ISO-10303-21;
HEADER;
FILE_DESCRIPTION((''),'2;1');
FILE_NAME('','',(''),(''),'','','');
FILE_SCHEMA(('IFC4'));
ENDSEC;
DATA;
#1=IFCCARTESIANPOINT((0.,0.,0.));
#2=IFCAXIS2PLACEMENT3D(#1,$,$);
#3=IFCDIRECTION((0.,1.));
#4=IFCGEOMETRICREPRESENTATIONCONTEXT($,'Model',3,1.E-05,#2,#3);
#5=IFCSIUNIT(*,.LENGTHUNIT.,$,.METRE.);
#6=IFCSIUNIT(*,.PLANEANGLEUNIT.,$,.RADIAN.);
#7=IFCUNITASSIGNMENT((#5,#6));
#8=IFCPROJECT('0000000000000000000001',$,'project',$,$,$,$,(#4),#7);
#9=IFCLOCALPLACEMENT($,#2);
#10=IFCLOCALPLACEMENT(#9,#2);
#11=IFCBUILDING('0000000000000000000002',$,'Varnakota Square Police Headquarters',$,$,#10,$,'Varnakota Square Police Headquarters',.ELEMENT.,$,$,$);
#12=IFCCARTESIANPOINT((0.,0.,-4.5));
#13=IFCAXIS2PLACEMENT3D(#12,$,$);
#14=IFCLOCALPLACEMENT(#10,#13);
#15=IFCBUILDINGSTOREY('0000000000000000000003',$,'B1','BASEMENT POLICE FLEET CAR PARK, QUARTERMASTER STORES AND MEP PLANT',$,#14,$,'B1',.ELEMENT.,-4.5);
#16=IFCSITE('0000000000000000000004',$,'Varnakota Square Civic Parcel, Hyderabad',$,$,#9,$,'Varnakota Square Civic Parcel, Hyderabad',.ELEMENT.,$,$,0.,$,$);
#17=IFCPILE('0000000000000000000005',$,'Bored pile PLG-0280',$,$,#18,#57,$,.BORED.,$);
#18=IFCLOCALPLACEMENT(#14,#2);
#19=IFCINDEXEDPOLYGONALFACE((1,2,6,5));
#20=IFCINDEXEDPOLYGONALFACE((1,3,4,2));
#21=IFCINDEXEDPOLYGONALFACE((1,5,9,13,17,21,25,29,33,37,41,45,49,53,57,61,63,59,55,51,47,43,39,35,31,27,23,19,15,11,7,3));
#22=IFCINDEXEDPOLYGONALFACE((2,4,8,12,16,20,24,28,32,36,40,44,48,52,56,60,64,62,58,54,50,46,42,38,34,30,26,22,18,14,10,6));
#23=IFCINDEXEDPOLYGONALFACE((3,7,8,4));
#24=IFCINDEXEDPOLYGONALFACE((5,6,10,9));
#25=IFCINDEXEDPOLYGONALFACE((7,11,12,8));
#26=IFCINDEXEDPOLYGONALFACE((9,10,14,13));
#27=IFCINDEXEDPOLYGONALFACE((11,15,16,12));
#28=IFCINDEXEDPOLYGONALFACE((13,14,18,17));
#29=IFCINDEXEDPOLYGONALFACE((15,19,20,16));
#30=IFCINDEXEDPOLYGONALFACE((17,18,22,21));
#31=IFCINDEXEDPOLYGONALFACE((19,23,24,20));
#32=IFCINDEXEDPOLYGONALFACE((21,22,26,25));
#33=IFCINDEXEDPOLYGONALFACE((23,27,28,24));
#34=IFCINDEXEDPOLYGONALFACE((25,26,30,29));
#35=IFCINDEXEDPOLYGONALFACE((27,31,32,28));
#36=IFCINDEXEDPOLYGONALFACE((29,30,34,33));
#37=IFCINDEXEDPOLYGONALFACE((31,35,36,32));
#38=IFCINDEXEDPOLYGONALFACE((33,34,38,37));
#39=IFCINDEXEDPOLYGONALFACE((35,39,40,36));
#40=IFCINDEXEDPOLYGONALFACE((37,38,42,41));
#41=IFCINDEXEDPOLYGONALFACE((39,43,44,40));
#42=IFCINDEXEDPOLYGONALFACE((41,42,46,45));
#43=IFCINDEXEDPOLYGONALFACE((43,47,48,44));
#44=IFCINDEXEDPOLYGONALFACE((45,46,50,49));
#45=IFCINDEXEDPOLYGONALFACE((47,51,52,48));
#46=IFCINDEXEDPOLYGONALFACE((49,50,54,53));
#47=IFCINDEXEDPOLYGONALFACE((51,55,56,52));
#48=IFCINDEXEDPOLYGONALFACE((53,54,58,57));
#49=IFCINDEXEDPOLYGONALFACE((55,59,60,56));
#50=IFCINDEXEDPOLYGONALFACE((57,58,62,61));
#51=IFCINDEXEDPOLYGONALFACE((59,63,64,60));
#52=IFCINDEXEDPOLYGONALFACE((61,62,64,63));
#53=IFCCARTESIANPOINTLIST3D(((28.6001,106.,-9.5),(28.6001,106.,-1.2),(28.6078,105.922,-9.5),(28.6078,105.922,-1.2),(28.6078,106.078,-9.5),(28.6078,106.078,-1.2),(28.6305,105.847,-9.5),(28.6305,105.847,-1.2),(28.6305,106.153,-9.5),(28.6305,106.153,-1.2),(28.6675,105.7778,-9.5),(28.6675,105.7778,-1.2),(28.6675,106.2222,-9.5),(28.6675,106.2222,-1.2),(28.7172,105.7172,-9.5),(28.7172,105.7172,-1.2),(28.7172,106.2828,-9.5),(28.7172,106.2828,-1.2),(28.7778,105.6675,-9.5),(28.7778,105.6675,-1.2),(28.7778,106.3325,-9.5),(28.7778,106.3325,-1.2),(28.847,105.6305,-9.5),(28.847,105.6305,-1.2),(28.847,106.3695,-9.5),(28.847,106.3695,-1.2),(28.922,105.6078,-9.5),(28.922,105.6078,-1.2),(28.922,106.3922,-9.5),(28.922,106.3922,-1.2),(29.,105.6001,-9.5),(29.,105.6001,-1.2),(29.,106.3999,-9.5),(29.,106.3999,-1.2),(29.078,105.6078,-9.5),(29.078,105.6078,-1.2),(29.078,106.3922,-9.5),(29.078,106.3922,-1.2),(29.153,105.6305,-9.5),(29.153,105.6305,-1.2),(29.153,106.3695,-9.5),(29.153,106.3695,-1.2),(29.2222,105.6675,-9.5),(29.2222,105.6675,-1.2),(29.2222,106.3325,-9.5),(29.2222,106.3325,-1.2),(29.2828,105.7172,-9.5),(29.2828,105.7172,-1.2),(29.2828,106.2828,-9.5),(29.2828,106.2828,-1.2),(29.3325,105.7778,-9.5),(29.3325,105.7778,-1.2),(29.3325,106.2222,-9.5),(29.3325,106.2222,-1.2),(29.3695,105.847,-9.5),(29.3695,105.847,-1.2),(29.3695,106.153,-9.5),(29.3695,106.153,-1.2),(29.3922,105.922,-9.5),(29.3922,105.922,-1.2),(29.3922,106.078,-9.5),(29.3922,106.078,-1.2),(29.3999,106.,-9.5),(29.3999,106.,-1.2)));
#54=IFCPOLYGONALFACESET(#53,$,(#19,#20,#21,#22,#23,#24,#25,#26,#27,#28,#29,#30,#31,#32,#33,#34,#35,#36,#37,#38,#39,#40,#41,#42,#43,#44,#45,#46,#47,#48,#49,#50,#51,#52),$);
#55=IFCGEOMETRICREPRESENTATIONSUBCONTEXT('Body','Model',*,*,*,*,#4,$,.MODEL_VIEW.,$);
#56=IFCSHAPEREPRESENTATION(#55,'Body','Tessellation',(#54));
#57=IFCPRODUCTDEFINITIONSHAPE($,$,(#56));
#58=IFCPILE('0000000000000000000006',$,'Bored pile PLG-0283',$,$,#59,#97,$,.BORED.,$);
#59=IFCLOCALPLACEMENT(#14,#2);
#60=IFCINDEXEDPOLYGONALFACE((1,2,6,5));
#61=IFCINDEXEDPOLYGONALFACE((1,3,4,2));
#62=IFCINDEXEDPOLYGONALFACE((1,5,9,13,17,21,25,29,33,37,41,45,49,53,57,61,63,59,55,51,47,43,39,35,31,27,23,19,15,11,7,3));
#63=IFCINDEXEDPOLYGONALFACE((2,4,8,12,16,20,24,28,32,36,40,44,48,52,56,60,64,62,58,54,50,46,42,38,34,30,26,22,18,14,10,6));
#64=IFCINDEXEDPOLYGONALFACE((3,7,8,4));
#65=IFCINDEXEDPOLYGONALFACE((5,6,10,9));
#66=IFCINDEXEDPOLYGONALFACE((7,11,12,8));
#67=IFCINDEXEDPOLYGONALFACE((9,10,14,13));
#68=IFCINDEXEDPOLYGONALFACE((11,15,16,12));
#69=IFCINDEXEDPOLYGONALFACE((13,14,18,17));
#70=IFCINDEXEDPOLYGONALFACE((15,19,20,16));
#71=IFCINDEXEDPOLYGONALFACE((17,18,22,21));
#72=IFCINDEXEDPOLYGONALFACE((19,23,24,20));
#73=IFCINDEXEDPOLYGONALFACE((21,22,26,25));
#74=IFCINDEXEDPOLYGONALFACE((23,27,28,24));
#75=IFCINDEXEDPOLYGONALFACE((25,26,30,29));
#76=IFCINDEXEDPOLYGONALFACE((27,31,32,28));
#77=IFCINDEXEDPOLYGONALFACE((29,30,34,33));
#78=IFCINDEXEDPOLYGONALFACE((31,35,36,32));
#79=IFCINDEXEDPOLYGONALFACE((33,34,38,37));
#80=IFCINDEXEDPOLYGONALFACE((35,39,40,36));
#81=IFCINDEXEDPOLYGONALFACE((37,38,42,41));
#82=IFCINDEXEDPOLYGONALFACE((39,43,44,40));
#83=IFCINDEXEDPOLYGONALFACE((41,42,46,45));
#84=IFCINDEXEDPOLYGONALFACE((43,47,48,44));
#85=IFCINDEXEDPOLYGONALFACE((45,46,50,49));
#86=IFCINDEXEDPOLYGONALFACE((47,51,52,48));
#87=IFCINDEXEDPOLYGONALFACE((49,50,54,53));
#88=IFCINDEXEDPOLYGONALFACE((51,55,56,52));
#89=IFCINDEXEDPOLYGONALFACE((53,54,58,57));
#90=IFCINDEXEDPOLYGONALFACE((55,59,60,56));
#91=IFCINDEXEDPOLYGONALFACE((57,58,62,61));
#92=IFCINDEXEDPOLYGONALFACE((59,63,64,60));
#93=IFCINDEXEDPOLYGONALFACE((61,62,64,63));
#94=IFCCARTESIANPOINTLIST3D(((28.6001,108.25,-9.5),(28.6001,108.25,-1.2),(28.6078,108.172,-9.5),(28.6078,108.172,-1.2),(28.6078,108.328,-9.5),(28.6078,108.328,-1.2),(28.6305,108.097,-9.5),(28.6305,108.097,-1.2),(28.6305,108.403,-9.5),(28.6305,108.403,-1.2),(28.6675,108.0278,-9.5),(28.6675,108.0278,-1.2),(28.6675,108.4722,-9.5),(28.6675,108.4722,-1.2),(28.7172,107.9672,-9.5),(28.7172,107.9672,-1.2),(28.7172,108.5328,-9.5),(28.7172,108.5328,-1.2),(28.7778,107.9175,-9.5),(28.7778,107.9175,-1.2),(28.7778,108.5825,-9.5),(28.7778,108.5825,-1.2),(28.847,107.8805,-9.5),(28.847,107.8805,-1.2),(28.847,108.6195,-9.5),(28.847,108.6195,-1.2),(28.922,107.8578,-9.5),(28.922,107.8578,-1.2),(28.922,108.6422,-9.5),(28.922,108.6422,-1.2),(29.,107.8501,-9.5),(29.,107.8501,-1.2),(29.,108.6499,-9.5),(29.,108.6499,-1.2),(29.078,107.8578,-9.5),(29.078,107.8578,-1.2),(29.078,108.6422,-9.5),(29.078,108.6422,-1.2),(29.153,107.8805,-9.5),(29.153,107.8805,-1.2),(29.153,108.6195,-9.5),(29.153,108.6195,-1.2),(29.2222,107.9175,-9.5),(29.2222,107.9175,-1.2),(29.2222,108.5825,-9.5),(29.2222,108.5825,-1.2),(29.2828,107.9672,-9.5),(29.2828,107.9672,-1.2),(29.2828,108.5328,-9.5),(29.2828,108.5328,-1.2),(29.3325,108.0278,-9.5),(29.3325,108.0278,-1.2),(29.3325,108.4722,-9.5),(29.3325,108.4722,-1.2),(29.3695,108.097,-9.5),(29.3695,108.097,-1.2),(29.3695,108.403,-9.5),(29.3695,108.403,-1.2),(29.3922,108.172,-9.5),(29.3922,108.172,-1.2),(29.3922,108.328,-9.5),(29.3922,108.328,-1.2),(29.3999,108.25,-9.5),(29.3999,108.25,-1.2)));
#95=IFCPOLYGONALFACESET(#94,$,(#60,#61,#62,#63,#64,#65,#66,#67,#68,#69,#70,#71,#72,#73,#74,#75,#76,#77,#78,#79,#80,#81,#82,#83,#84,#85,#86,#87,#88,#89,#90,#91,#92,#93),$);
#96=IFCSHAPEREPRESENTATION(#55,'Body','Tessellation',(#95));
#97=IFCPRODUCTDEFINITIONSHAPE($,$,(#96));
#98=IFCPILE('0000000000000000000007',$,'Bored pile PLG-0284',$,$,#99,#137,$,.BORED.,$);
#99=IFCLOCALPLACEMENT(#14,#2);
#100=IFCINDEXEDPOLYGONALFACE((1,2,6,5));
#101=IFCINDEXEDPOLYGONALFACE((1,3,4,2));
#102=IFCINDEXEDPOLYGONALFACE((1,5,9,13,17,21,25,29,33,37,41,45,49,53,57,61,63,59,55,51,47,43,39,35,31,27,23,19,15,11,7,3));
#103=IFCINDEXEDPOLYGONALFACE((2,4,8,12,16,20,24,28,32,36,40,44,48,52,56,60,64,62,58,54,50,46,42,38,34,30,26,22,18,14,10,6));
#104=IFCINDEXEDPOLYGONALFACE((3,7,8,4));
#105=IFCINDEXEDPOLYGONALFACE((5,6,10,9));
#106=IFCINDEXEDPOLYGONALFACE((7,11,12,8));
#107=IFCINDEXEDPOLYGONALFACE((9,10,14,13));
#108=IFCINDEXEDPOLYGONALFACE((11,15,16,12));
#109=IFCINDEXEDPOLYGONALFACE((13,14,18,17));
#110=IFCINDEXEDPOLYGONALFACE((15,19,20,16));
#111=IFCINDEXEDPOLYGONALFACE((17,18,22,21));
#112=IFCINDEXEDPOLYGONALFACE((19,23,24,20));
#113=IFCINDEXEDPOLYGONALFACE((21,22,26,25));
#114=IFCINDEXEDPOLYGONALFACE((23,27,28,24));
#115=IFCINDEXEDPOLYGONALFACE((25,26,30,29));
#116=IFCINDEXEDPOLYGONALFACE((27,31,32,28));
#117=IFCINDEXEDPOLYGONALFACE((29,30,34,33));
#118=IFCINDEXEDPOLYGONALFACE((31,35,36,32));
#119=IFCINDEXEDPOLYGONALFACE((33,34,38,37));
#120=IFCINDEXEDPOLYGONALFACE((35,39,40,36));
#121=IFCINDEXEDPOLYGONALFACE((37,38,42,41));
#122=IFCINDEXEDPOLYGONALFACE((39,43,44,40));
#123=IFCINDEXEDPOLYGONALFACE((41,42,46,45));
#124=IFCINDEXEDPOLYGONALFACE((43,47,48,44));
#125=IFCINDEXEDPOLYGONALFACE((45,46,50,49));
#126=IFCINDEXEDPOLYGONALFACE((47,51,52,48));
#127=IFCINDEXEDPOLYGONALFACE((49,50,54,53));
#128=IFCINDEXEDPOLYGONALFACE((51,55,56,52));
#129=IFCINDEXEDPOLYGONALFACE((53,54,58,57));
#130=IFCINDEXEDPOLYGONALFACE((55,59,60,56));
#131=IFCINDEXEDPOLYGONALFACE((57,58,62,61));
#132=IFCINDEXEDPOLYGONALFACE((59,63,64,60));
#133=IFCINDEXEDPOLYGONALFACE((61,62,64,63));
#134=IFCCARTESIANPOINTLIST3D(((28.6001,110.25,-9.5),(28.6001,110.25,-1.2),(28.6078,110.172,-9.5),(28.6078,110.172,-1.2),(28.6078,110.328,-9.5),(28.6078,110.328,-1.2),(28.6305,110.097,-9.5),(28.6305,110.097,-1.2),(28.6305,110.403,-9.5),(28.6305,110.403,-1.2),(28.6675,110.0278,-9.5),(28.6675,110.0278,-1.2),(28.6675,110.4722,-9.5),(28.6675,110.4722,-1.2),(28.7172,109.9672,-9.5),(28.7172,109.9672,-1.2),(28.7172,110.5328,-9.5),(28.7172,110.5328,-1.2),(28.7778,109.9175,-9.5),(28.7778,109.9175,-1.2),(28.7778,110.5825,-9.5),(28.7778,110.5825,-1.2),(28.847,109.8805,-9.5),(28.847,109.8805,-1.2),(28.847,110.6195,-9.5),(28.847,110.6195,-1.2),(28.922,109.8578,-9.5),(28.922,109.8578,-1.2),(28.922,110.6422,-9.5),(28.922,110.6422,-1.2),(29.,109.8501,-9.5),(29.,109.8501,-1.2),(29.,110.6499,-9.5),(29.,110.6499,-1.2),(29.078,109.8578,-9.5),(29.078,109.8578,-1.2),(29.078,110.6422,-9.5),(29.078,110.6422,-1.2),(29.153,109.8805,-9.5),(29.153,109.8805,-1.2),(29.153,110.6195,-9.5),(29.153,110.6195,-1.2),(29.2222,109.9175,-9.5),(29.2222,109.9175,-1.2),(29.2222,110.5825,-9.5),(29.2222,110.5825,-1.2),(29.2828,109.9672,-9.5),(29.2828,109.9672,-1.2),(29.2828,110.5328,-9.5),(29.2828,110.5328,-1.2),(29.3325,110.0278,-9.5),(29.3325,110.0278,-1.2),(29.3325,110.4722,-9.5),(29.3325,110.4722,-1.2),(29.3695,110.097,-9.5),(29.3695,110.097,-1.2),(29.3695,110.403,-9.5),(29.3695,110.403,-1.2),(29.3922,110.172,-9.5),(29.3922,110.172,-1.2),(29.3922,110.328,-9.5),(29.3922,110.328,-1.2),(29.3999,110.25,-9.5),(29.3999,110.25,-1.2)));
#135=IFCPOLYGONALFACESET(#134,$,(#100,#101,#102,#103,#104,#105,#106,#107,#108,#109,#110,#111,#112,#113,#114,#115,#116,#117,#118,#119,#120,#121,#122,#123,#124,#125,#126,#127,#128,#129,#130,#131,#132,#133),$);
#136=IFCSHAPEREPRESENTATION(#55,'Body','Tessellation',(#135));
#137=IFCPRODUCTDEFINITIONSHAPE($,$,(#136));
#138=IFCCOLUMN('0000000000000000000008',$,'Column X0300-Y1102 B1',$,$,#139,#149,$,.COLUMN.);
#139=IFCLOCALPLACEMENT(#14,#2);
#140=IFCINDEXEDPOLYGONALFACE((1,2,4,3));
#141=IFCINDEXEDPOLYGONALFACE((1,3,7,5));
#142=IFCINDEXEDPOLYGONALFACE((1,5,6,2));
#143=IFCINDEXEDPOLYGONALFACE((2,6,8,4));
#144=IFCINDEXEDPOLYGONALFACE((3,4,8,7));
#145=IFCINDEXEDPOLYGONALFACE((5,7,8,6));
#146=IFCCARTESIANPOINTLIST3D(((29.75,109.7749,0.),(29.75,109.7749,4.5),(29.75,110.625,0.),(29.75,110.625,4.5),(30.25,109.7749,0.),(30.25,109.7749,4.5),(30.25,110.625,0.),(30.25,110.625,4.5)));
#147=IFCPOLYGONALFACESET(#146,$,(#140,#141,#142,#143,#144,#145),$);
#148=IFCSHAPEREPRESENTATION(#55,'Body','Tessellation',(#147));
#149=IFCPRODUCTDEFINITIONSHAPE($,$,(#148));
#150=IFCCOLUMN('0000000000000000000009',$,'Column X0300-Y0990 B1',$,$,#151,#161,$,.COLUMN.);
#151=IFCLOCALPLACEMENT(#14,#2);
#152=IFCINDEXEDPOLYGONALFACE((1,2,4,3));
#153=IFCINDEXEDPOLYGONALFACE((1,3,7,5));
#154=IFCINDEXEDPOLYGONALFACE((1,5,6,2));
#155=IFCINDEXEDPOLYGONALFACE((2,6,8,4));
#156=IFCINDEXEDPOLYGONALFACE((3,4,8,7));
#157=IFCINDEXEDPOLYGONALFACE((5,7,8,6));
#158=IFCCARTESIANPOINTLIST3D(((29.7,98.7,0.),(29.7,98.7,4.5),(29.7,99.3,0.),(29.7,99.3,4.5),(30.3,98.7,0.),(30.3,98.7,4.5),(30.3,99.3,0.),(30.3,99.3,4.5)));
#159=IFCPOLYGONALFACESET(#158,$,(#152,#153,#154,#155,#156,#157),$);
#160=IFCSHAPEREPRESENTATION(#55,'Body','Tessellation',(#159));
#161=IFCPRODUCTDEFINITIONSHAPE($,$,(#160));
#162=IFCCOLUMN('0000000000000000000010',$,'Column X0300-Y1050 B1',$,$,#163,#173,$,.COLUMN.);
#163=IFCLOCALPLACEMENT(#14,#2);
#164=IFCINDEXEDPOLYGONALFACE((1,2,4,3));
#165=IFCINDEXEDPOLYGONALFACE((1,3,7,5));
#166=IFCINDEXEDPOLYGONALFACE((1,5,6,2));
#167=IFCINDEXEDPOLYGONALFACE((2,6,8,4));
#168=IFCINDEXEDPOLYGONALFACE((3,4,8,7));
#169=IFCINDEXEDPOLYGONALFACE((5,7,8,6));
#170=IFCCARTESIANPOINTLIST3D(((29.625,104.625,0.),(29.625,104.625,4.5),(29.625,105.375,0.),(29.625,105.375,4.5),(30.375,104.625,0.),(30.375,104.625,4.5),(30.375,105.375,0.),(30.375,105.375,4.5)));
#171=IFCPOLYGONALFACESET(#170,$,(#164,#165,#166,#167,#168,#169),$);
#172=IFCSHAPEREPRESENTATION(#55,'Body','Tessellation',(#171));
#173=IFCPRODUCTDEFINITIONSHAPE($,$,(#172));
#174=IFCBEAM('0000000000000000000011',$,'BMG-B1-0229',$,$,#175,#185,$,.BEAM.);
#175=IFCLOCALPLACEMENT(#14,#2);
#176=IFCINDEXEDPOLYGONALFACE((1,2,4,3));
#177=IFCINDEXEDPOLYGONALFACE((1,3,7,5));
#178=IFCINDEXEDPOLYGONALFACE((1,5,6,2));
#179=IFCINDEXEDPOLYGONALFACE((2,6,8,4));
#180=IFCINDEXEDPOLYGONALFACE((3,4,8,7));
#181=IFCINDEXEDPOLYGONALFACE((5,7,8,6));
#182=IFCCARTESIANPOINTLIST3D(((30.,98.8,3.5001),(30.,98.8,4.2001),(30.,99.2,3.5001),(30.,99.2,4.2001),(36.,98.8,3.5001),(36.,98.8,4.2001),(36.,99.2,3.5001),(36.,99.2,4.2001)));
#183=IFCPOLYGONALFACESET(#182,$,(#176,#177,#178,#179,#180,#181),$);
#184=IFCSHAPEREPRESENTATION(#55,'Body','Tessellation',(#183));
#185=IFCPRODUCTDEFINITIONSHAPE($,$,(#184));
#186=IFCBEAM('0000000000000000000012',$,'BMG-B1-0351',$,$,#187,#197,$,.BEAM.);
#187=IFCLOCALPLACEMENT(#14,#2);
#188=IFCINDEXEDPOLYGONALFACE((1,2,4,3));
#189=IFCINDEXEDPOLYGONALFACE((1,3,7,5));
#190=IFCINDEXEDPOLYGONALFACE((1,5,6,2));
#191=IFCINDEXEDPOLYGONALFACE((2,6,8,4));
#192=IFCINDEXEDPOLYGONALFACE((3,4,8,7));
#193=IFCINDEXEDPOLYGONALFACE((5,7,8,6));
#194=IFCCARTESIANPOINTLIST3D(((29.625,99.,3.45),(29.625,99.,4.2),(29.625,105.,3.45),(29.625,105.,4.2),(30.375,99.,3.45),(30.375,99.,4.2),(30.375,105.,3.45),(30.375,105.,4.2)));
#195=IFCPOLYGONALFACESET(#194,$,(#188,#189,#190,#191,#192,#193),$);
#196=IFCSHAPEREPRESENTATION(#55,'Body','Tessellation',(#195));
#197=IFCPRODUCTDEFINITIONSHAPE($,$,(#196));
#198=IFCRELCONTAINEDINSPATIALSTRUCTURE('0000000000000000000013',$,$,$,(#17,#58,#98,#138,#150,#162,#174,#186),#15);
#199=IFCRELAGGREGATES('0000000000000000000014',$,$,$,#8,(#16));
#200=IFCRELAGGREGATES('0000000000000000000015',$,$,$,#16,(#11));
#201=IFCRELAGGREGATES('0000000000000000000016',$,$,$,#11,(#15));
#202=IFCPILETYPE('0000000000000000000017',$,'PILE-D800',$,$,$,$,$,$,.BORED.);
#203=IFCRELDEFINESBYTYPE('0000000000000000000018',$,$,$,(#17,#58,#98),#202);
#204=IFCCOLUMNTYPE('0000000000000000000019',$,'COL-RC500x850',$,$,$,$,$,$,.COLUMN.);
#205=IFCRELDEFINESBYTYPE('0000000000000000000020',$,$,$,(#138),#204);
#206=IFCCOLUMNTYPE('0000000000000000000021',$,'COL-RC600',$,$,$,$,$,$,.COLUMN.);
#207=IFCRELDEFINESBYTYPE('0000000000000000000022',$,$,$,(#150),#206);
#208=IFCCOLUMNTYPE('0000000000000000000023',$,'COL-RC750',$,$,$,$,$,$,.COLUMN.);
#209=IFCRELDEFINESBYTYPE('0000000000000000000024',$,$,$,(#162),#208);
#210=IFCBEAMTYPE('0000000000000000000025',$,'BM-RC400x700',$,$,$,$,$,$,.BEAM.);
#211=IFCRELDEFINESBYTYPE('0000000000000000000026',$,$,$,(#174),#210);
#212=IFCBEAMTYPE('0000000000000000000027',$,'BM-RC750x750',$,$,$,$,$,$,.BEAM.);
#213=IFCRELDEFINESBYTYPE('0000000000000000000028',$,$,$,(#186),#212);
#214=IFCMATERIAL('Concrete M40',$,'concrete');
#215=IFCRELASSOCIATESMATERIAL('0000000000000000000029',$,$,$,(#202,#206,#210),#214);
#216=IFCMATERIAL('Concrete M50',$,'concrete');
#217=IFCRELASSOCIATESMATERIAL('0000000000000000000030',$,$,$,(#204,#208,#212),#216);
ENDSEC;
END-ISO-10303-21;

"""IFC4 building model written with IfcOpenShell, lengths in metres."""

from ifc_helpers import new_model, si_unit, direction, frame, origin, origin_2d, place, context, subcontext, project, spatial, rectangle, circle, extrude, material, material_profile, profile_set, type_object, element, save


model = new_model("IFC4")

# Units and contexts
model_context = context("Model", 3, precision=1e-05, world=origin(), true_north=direction((0.0, 1.0)))
body_context = subcontext(model_context, "Body", "Model", "MODEL_VIEW")
ifc_project = project(units=[si_unit("LENGTHUNIT", "METRE"), si_unit("PLANEANGLEUNIT", "RADIAN")], contexts=[model_context])

# Site, building, storey
site_placement = place(None, origin())
site = spatial("IfcSite", under=ifc_project, at=site_placement, Name="Varnakota Square Civic Parcel, Hyderabad", LongName="Varnakota Square Civic Parcel, Hyderabad", CompositionType="ELEMENT", RefElevation=0.0)
building_placement = place(site_placement, origin())
building = spatial("IfcBuilding", under=site, at=building_placement, Name="Varnakota Square Police Headquarters", LongName="Varnakota Square Police Headquarters", CompositionType="ELEMENT")
storey_placement = place(building_placement, frame((0.0, 0.0, -4.5)))
storey = spatial("IfcBuildingStorey", under=building, at=storey_placement, Name="B1", Description="BASEMENT POLICE FLEET CAR PARK, QUARTERMASTER STORES AND MEP PLANT", LongName="B1", CompositionType="ELEMENT", Elevation=-4.5)

# Shared definitions
ifc_material_1 = material(Name="Concrete M40", Category="concrete")

# Piles
ifc_material_profile_1 = material_profile(ifc_material_1, circle(Radius=0.3999, at=origin_2d()), Name="BORED PILE 800")
ifc_profile_set_1 = profile_set([ifc_material_profile_1], Name="Concrete M40")
pile_type = type_object("IfcPileType", Name="PILE-D800", PredefinedType="BORED", material=ifc_profile_set_1)
for number, where, z_axis, x_axis, name in (
    (1, (29.0, 106.0, -1.2), (0.0, 0.0, -1.0), (1.0, 0.0, 0.0), "Bored pile PLG-0280"),
    (2, (29.0, 108.25, -1.2), (0.0, 0.0, -1.0), (1.0, 0.0, 0.0), "Bored pile PLG-0283"),
    (3, (29.0, 110.25, -1.2), (0.0, 0.0, -1.0), (1.0, 0.0, 0.0), "Bored pile PLG-0284"),
):
    element("IfcPile", number, at=place(storey_placement, frame(where, z_axis=z_axis, x_axis=x_axis)), inside=storey, type_object=pile_type, Name=name, PredefinedType="BORED", context=body_context, shape_type="SweptSolid", body=[
        extrude(circle(Radius=0.3999, at=origin_2d()), origin(), (0.0, 0.0, 1.0), 8.3),
    ])

# Columns
ifc_material_2 = material(Name="Concrete M50", Category="concrete")
ifc_material_profile_2 = material_profile(ifc_material_2, rectangle(XDim=0.5, YDim=0.8501, at=origin_2d()), Name="RC 500x850")
ifc_profile_set_2 = profile_set([ifc_material_profile_2], Name="Concrete M50")
column_type_1 = type_object("IfcColumnType", Name="COL-RC500x850", PredefinedType="COLUMN", material=ifc_profile_set_2)
column_1_placement = place(storey_placement, frame((30.0, 110.2, 0.0), z_axis=(0.0, 0.0, 1.0), x_axis=(1.0, 0.0, 0.0)))
element("IfcColumn", 4, at=column_1_placement, inside=storey, type_object=column_type_1, Name="Column X0300-Y1102 B1", PredefinedType="COLUMN", context=body_context, shape_type="SweptSolid", body=[
    extrude(rectangle(XDim=0.5, YDim=0.8501, at=origin_2d()), origin(), (0.0, 0.0, 1.0), 4.5),
])
ifc_material_profile_3 = material_profile(ifc_material_1, rectangle(XDim=0.6001, YDim=0.6001, at=origin_2d()), Name="RC 600x600")
ifc_profile_set_3 = profile_set([ifc_material_profile_3], Name="Concrete M40")
column_type_2 = type_object("IfcColumnType", Name="COL-RC600", PredefinedType="COLUMN", material=ifc_profile_set_3)
column_2_placement = place(storey_placement, frame((30.0, 99.0, 0.0), z_axis=(0.0, 0.0, 1.0), x_axis=(1.0, 0.0, 0.0)))
element("IfcColumn", 5, at=column_2_placement, inside=storey, type_object=column_type_2, Name="Column X0300-Y0990 B1", PredefinedType="COLUMN", context=body_context, shape_type="SweptSolid", body=[
    extrude(rectangle(XDim=0.6001, YDim=0.6001, at=origin_2d()), origin(), (0.0, 0.0, 1.0), 4.5),
])
ifc_material_profile_4 = material_profile(ifc_material_2, rectangle(XDim=0.75, YDim=0.75, at=origin_2d()), Name="RC 750x750")
ifc_profile_set_4 = profile_set([ifc_material_profile_4], Name="Concrete M50")
column_type_3 = type_object("IfcColumnType", Name="COL-RC750", PredefinedType="COLUMN", material=ifc_profile_set_4)
column_3_placement = place(storey_placement, frame((30.0, 105.0, 0.0), z_axis=(0.0, 0.0, 1.0), x_axis=(1.0, 0.0, 0.0)))
element("IfcColumn", 6, at=column_3_placement, inside=storey, type_object=column_type_3, Name="Column X0300-Y1050 B1", PredefinedType="COLUMN", context=body_context, shape_type="SweptSolid", body=[
    extrude(rectangle(XDim=0.75, YDim=0.75, at=origin_2d()), origin(), (0.0, 0.0, 1.0), 4.5),
])

# Beams
ifc_material_profile_5 = material_profile(ifc_material_1, rectangle(XDim=0.3999, YDim=0.7, at=origin_2d()), Name="RC 400x700")
ifc_profile_set_5 = profile_set([ifc_material_profile_5], Name="Concrete M40")
beam_type_1 = type_object("IfcBeamType", Name="BM-RC400x700", PredefinedType="BEAM", material=ifc_profile_set_5)
beam_1_placement = place(storey_placement, frame((30.0, 99.0, 3.8501), z_axis=(1.0, 0.0, 0.0), x_axis=(0.0, 1.0, 0.0)))
element("IfcBeam", 7, at=beam_1_placement, inside=storey, type_object=beam_type_1, Name="BMG-B1-0229", PredefinedType="BEAM", context=body_context, shape_type="SweptSolid", body=[
    extrude(rectangle(XDim=0.3999, YDim=0.7, at=origin_2d()), origin(), (0.0, 0.0, 1.0), 6.0),
])
ifc_material_profile_6 = material_profile(ifc_material_2, rectangle(XDim=0.75, YDim=0.75, at=origin_2d()), Name="RC 750x750")
ifc_profile_set_6 = profile_set([ifc_material_profile_6], Name="Concrete M50")
beam_type_2 = type_object("IfcBeamType", Name="BM-RC750x750", PredefinedType="BEAM", material=ifc_profile_set_6)
beam_2_placement = place(storey_placement, frame((30.0, 99.0, 3.825), z_axis=(0.0, 1.0, 0.0), x_axis=(-1.0, 0.0, 0.0)))
element("IfcBeam", 8, at=beam_2_placement, inside=storey, type_object=beam_type_2, Name="BMG-B1-0351", PredefinedType="BEAM", context=body_context, shape_type="SweptSolid", body=[
    extrude(rectangle(XDim=0.75, YDim=0.75, at=origin_2d()), origin(), (0.0, 0.0, 1.0), 6.0),
])

save(model, "model.ifc")
